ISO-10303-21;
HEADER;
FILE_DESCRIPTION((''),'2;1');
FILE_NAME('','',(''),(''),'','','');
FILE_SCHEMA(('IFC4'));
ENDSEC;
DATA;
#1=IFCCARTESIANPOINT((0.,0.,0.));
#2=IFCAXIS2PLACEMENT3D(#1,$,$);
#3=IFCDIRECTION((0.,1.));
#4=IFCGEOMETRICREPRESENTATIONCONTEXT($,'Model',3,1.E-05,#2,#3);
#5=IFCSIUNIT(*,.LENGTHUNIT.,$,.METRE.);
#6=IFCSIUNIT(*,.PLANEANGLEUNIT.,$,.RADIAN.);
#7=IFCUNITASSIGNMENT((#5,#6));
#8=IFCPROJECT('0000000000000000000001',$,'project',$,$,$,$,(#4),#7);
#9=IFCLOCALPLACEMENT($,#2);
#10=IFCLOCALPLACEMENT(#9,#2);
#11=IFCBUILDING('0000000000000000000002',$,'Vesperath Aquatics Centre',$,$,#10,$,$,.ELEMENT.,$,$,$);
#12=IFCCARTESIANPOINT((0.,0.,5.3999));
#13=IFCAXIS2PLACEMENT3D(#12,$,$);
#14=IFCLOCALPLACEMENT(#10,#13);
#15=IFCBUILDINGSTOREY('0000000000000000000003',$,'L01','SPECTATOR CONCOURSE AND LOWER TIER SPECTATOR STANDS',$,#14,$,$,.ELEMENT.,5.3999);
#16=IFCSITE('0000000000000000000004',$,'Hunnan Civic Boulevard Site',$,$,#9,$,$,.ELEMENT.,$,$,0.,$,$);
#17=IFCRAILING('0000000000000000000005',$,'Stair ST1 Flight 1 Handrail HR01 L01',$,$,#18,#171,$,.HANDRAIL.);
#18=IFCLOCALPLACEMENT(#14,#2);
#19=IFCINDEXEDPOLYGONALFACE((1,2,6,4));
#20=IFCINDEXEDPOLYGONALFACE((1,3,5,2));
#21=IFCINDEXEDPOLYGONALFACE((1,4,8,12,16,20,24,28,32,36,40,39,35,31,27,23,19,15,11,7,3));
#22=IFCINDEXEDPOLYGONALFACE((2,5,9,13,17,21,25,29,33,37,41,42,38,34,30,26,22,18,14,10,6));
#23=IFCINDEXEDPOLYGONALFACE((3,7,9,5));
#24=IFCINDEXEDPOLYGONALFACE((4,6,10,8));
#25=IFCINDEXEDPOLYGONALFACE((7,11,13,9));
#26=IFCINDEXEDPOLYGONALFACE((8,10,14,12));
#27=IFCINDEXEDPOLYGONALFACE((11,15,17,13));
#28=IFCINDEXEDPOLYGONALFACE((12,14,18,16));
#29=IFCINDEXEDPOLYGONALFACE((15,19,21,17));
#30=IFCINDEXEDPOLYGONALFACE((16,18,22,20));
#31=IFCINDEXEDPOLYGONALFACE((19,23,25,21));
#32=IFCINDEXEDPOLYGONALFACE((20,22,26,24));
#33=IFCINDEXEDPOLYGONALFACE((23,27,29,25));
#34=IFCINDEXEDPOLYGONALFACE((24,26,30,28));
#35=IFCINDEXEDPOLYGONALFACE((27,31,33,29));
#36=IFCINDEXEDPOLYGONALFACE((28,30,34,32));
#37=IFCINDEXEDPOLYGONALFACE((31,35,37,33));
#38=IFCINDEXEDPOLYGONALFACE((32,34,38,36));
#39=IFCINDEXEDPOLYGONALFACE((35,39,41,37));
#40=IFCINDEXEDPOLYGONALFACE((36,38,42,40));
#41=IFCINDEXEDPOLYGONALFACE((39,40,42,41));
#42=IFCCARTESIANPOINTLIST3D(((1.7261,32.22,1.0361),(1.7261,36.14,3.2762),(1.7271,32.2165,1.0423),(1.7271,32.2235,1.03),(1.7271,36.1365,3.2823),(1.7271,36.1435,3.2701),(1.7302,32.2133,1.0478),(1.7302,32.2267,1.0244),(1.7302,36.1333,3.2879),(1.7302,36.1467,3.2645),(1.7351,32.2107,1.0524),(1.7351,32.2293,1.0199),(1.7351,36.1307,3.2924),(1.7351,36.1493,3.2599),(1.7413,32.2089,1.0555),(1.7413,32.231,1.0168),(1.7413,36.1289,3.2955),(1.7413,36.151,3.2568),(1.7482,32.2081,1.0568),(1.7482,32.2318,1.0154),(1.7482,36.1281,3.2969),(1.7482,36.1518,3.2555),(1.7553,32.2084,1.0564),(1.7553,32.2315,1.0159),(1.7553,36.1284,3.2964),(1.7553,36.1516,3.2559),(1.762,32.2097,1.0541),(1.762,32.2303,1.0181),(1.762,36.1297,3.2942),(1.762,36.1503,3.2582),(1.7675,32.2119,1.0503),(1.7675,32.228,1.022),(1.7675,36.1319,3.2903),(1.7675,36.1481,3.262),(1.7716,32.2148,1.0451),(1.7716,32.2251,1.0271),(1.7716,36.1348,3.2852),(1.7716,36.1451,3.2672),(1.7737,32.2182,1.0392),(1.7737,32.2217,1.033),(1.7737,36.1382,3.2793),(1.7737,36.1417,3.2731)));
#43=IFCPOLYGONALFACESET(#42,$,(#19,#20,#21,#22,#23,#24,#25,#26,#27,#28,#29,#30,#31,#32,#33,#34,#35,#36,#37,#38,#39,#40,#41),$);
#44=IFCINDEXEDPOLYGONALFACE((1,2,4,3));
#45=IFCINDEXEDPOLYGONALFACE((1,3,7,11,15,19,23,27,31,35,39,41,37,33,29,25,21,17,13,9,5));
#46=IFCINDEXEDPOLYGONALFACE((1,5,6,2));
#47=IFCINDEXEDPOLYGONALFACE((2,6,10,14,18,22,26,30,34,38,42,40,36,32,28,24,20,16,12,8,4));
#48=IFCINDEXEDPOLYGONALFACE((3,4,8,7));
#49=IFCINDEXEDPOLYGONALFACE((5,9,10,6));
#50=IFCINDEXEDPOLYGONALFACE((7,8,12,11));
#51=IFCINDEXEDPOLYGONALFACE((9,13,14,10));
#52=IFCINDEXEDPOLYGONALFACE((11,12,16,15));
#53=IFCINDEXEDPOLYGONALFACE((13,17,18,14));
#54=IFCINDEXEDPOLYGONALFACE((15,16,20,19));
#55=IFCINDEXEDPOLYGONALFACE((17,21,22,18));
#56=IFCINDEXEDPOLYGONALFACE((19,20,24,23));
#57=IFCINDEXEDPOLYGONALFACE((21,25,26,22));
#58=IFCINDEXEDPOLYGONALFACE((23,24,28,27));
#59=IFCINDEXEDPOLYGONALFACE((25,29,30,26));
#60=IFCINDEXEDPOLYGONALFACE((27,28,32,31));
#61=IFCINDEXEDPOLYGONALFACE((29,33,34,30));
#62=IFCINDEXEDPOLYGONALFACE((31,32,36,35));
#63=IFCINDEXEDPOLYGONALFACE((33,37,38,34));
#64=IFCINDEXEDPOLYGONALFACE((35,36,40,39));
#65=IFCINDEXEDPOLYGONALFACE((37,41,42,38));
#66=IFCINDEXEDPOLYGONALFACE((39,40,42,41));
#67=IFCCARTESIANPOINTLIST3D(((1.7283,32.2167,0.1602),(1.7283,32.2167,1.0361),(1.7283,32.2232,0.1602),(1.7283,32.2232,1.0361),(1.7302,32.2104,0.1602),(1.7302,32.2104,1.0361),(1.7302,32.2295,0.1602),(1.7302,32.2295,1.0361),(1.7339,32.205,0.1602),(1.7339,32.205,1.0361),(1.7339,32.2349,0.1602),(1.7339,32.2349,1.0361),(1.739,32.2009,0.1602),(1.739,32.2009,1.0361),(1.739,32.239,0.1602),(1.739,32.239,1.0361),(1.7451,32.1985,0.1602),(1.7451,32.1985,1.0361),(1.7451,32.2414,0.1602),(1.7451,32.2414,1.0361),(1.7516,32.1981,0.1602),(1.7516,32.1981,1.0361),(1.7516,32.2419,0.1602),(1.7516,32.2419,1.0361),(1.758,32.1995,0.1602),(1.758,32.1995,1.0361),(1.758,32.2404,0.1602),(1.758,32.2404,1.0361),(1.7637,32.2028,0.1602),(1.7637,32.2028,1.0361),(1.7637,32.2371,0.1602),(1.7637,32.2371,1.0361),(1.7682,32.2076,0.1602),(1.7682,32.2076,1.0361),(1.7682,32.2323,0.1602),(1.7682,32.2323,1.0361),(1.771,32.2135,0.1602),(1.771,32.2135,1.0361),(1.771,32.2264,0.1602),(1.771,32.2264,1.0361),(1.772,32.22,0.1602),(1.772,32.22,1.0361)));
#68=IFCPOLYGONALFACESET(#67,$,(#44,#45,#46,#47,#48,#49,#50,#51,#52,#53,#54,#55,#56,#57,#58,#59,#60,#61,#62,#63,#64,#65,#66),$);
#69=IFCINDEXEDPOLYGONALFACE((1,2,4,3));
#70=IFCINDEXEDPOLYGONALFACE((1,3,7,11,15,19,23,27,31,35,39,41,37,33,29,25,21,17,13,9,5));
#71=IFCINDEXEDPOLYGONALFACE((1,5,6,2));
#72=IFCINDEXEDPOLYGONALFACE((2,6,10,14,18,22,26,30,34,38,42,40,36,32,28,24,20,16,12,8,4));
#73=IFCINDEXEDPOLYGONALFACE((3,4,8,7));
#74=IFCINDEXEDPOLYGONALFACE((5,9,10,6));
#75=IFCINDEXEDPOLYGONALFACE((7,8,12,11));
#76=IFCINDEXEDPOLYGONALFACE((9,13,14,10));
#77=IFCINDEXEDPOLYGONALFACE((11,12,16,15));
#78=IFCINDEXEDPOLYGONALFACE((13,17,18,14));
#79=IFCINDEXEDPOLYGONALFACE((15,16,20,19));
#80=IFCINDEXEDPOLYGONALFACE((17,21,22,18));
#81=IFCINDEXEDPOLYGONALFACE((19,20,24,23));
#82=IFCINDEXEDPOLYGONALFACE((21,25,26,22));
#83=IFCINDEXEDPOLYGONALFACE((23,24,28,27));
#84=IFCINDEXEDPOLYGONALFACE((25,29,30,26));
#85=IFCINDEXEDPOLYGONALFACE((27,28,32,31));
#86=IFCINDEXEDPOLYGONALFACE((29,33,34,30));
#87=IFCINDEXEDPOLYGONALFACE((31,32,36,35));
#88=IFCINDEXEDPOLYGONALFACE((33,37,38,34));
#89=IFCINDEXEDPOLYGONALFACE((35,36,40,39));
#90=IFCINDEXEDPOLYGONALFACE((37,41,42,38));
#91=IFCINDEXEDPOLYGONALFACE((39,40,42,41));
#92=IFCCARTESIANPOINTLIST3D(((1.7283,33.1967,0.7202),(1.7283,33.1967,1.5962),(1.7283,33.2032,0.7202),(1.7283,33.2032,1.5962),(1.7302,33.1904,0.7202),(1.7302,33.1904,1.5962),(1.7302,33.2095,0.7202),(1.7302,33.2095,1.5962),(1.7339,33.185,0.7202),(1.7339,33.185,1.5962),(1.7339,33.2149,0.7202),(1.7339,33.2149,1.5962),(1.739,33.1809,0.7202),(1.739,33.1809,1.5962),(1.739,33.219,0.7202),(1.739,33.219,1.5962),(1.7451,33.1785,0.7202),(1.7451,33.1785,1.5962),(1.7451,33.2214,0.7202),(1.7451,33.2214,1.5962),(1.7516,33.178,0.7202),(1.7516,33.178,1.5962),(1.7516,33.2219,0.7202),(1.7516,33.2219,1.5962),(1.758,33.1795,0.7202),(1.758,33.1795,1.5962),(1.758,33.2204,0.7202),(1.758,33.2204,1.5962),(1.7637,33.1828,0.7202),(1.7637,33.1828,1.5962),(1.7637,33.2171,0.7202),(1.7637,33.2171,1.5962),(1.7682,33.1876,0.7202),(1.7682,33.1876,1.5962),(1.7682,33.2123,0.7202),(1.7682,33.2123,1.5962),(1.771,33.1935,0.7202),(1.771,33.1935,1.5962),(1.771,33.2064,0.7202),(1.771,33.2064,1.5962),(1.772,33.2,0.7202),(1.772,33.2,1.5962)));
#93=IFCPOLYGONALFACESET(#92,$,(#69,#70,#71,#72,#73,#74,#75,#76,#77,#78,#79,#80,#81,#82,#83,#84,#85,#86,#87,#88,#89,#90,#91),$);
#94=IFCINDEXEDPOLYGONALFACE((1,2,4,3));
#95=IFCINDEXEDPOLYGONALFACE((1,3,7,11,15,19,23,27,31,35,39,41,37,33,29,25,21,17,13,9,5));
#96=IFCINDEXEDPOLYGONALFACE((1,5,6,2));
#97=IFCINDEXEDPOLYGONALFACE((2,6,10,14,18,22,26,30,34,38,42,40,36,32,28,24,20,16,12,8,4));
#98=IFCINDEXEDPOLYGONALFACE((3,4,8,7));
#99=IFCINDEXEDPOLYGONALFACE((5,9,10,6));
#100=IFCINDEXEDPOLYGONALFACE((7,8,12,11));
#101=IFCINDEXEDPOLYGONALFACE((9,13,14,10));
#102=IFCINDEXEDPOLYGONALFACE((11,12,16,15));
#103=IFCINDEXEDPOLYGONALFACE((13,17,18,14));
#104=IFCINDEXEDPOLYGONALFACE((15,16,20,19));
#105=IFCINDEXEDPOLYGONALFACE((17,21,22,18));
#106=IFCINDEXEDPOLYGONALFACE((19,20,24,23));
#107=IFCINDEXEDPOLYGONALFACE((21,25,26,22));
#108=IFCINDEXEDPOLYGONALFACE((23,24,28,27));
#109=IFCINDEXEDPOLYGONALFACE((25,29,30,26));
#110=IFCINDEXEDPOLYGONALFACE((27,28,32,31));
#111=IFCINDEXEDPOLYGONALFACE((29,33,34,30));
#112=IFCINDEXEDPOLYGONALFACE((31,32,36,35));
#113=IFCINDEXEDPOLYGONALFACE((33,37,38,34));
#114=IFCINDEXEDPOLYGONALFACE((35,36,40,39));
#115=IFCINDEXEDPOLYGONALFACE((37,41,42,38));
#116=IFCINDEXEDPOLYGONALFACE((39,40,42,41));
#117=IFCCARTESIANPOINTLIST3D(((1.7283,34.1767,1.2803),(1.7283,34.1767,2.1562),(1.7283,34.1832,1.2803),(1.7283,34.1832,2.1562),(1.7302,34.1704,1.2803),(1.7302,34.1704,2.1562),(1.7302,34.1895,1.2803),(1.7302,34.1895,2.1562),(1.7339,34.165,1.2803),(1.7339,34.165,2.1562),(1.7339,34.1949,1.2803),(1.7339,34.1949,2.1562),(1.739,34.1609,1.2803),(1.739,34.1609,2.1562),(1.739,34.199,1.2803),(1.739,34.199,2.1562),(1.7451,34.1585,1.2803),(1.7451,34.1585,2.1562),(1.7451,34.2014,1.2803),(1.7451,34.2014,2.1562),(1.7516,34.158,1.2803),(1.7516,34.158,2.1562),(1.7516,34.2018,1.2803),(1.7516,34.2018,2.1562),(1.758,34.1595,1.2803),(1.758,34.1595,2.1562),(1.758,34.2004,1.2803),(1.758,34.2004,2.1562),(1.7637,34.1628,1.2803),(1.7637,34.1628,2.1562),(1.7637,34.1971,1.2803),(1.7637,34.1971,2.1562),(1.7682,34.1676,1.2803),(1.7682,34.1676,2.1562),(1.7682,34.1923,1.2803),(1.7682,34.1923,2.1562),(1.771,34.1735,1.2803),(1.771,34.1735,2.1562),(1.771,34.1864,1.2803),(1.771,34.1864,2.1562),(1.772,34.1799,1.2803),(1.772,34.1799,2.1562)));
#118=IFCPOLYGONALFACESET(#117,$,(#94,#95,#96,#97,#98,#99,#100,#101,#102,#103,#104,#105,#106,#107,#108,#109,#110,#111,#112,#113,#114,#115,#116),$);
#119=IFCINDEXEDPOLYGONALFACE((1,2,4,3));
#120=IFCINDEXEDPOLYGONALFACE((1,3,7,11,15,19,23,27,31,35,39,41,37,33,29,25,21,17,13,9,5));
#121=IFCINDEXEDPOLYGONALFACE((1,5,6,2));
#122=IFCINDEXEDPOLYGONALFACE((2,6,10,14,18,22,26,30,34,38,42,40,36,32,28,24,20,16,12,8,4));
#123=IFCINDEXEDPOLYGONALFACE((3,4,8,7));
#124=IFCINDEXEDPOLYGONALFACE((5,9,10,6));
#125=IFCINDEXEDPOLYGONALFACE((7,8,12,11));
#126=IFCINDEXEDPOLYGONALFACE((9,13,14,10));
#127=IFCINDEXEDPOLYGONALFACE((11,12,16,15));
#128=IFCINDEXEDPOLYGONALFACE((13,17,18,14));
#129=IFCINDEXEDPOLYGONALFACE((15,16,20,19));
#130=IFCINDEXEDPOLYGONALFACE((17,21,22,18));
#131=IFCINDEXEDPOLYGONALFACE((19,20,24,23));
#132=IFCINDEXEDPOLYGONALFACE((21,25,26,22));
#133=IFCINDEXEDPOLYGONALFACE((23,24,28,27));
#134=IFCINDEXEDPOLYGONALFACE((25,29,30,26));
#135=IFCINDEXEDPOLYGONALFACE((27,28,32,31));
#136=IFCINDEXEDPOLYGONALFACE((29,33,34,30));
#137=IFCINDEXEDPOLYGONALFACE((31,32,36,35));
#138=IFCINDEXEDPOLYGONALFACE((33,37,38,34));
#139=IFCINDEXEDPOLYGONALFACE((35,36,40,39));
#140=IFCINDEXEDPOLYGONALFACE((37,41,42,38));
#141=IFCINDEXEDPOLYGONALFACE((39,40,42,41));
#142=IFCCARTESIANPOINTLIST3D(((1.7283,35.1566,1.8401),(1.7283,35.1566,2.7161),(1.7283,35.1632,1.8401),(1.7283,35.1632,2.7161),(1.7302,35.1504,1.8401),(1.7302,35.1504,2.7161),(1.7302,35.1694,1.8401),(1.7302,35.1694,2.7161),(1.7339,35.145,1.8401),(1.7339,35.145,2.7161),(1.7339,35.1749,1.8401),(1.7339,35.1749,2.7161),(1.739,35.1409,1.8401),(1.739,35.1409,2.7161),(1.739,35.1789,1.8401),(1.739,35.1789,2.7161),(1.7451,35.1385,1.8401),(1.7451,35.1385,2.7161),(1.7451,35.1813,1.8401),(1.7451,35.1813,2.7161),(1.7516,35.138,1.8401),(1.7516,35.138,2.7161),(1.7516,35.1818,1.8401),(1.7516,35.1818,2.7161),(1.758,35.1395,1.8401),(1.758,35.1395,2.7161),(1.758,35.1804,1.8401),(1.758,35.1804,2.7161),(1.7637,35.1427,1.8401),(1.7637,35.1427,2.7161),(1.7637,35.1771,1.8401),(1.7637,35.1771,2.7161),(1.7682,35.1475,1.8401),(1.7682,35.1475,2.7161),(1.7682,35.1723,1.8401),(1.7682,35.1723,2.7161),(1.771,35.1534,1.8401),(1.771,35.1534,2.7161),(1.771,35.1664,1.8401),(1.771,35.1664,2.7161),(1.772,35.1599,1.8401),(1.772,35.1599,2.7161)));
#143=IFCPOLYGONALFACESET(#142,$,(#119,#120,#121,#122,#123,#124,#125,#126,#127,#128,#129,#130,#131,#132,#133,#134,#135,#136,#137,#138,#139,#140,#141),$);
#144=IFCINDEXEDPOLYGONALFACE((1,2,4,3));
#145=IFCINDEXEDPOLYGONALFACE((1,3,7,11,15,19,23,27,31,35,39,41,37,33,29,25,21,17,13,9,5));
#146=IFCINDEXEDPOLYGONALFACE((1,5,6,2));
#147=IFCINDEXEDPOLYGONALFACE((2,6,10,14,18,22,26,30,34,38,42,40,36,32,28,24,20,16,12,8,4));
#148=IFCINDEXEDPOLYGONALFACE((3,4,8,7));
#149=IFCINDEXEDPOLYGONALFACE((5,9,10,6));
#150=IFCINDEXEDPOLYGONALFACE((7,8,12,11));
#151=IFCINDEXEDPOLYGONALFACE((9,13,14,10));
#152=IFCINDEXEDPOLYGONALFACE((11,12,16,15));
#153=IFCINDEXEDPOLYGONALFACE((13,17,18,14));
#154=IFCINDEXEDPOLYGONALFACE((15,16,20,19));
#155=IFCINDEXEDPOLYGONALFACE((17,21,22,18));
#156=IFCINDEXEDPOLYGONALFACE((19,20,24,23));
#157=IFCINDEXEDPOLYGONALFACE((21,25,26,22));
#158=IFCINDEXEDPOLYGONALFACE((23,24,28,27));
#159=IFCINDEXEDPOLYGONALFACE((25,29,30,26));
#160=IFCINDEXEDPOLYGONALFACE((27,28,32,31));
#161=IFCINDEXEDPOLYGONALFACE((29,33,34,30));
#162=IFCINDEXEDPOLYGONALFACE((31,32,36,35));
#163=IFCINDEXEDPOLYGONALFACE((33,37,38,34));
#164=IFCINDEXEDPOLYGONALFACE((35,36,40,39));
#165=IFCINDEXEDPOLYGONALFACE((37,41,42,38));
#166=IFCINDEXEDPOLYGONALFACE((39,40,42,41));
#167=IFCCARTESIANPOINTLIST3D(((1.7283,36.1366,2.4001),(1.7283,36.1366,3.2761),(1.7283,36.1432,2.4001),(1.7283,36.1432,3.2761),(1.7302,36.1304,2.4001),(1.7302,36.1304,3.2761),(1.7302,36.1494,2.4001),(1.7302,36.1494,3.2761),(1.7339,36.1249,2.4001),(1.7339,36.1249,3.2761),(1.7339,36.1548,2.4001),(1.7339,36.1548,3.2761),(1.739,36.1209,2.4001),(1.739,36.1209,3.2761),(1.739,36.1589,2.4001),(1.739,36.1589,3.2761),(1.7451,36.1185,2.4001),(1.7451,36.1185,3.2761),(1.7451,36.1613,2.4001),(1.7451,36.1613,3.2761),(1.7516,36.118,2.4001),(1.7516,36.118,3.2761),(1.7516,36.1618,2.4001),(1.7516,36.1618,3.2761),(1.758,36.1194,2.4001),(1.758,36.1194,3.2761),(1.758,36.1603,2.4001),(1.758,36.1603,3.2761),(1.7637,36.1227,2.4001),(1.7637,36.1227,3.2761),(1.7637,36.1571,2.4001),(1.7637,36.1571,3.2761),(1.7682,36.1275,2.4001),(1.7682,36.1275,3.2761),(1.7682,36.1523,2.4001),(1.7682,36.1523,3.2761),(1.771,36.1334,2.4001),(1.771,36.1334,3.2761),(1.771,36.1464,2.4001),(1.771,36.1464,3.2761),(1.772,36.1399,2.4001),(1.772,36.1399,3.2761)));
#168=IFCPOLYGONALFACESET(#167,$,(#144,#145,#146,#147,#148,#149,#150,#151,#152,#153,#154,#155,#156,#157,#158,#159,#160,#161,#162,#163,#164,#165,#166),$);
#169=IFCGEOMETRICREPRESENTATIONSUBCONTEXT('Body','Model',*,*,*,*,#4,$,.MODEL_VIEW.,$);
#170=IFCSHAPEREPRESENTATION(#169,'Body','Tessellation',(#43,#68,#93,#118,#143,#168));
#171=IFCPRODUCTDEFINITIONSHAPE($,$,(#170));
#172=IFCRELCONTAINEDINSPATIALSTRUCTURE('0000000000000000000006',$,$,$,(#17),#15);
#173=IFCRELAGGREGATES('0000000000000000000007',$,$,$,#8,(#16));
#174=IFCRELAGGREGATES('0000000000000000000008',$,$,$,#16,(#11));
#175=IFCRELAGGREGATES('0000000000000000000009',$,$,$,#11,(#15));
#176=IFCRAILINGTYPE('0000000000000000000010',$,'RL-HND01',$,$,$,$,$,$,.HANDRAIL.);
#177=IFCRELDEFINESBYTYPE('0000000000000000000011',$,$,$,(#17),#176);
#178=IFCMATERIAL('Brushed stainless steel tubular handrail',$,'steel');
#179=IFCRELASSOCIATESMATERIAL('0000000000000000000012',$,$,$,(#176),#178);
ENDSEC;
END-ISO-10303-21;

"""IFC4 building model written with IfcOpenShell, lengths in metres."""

from ifc_helpers import new_model, si_unit, direction, frame, origin, origin_2d, place, context, subcontext, project, spatial, circle, extrude, material, type_object, element, save


model = new_model("IFC4")

# Units and contexts
model_context = context("Model", 3, precision=1e-05, world=origin(), true_north=direction((0.0, 1.0)))
body_context = subcontext(model_context, "Body", "Model", "MODEL_VIEW")
ifc_project = project(units=[si_unit("LENGTHUNIT", "METRE"), si_unit("PLANEANGLEUNIT", "RADIAN")], contexts=[model_context])

# Site, building, storey
site_placement = place(None, origin())
site = spatial("IfcSite", under=ifc_project, at=site_placement, Name="Hunnan Civic Boulevard Site", CompositionType="ELEMENT", RefElevation=0.0)
building_placement = place(site_placement, origin())
building = spatial("IfcBuilding", under=site, at=building_placement, Name="Vesperath Aquatics Centre", CompositionType="ELEMENT")
storey_placement = place(building_placement, frame((0.0, 0.0, 5.3999)))
storey = spatial("IfcBuildingStorey", under=building, at=storey_placement, Name="L01", Description="SPECTATOR CONCOURSE AND LOWER TIER SPECTATOR STANDS", CompositionType="ELEMENT", Elevation=5.3999)

# Railing
ifc_material_1 = material(Name="Brushed stainless steel tubular handrail", Category="steel")
railing_type_1 = type_object("IfcRailingType", Name="RL-HND01", PredefinedType="HANDRAIL", material=ifc_material_1)
railing_1_placement = place(storey_placement, frame((1.75, 32.22, 0.1602)))
element("IfcRailing", 1, at=railing_1_placement, inside=storey, type_object=railing_type_1, Name="Stair ST1 Flight 1 Handrail HR01 L01", PredefinedType="HANDRAIL", context=body_context, shape_type="SweptSolid", body=[
    extrude(circle(Radius=0.0239, at=origin_2d()), frame((0.0, 0.0, 0.876), z_axis=(0.0, 0.86824, 0.496145), x_axis=(-1.0, 0.0, 0.0)), (0.0, 0.0, 1.0), 4.5149),
    extrude(circle(Radius=0.022, at=origin_2d()), origin(), (0.0, 0.0, 1.0), 0.876),
    extrude(circle(Radius=0.022, at=origin_2d()), frame((0.0, 0.98, 0.5601)), (0.0, 0.0, 1.0), 0.876),
    extrude(circle(Radius=0.022, at=origin_2d()), frame((0.0, 1.96, 1.1201)), (0.0, 0.0, 1.0), 0.876),
    extrude(circle(Radius=0.022, at=origin_2d()), frame((0.0, 2.9399, 1.6799)), (0.0, 0.0, 1.0), 0.876),
    extrude(circle(Radius=0.022, at=origin_2d()), frame((0.0, 3.9199, 2.24)), (0.0, 0.0, 1.0), 0.876),
])

save(model, "model.ifc")
